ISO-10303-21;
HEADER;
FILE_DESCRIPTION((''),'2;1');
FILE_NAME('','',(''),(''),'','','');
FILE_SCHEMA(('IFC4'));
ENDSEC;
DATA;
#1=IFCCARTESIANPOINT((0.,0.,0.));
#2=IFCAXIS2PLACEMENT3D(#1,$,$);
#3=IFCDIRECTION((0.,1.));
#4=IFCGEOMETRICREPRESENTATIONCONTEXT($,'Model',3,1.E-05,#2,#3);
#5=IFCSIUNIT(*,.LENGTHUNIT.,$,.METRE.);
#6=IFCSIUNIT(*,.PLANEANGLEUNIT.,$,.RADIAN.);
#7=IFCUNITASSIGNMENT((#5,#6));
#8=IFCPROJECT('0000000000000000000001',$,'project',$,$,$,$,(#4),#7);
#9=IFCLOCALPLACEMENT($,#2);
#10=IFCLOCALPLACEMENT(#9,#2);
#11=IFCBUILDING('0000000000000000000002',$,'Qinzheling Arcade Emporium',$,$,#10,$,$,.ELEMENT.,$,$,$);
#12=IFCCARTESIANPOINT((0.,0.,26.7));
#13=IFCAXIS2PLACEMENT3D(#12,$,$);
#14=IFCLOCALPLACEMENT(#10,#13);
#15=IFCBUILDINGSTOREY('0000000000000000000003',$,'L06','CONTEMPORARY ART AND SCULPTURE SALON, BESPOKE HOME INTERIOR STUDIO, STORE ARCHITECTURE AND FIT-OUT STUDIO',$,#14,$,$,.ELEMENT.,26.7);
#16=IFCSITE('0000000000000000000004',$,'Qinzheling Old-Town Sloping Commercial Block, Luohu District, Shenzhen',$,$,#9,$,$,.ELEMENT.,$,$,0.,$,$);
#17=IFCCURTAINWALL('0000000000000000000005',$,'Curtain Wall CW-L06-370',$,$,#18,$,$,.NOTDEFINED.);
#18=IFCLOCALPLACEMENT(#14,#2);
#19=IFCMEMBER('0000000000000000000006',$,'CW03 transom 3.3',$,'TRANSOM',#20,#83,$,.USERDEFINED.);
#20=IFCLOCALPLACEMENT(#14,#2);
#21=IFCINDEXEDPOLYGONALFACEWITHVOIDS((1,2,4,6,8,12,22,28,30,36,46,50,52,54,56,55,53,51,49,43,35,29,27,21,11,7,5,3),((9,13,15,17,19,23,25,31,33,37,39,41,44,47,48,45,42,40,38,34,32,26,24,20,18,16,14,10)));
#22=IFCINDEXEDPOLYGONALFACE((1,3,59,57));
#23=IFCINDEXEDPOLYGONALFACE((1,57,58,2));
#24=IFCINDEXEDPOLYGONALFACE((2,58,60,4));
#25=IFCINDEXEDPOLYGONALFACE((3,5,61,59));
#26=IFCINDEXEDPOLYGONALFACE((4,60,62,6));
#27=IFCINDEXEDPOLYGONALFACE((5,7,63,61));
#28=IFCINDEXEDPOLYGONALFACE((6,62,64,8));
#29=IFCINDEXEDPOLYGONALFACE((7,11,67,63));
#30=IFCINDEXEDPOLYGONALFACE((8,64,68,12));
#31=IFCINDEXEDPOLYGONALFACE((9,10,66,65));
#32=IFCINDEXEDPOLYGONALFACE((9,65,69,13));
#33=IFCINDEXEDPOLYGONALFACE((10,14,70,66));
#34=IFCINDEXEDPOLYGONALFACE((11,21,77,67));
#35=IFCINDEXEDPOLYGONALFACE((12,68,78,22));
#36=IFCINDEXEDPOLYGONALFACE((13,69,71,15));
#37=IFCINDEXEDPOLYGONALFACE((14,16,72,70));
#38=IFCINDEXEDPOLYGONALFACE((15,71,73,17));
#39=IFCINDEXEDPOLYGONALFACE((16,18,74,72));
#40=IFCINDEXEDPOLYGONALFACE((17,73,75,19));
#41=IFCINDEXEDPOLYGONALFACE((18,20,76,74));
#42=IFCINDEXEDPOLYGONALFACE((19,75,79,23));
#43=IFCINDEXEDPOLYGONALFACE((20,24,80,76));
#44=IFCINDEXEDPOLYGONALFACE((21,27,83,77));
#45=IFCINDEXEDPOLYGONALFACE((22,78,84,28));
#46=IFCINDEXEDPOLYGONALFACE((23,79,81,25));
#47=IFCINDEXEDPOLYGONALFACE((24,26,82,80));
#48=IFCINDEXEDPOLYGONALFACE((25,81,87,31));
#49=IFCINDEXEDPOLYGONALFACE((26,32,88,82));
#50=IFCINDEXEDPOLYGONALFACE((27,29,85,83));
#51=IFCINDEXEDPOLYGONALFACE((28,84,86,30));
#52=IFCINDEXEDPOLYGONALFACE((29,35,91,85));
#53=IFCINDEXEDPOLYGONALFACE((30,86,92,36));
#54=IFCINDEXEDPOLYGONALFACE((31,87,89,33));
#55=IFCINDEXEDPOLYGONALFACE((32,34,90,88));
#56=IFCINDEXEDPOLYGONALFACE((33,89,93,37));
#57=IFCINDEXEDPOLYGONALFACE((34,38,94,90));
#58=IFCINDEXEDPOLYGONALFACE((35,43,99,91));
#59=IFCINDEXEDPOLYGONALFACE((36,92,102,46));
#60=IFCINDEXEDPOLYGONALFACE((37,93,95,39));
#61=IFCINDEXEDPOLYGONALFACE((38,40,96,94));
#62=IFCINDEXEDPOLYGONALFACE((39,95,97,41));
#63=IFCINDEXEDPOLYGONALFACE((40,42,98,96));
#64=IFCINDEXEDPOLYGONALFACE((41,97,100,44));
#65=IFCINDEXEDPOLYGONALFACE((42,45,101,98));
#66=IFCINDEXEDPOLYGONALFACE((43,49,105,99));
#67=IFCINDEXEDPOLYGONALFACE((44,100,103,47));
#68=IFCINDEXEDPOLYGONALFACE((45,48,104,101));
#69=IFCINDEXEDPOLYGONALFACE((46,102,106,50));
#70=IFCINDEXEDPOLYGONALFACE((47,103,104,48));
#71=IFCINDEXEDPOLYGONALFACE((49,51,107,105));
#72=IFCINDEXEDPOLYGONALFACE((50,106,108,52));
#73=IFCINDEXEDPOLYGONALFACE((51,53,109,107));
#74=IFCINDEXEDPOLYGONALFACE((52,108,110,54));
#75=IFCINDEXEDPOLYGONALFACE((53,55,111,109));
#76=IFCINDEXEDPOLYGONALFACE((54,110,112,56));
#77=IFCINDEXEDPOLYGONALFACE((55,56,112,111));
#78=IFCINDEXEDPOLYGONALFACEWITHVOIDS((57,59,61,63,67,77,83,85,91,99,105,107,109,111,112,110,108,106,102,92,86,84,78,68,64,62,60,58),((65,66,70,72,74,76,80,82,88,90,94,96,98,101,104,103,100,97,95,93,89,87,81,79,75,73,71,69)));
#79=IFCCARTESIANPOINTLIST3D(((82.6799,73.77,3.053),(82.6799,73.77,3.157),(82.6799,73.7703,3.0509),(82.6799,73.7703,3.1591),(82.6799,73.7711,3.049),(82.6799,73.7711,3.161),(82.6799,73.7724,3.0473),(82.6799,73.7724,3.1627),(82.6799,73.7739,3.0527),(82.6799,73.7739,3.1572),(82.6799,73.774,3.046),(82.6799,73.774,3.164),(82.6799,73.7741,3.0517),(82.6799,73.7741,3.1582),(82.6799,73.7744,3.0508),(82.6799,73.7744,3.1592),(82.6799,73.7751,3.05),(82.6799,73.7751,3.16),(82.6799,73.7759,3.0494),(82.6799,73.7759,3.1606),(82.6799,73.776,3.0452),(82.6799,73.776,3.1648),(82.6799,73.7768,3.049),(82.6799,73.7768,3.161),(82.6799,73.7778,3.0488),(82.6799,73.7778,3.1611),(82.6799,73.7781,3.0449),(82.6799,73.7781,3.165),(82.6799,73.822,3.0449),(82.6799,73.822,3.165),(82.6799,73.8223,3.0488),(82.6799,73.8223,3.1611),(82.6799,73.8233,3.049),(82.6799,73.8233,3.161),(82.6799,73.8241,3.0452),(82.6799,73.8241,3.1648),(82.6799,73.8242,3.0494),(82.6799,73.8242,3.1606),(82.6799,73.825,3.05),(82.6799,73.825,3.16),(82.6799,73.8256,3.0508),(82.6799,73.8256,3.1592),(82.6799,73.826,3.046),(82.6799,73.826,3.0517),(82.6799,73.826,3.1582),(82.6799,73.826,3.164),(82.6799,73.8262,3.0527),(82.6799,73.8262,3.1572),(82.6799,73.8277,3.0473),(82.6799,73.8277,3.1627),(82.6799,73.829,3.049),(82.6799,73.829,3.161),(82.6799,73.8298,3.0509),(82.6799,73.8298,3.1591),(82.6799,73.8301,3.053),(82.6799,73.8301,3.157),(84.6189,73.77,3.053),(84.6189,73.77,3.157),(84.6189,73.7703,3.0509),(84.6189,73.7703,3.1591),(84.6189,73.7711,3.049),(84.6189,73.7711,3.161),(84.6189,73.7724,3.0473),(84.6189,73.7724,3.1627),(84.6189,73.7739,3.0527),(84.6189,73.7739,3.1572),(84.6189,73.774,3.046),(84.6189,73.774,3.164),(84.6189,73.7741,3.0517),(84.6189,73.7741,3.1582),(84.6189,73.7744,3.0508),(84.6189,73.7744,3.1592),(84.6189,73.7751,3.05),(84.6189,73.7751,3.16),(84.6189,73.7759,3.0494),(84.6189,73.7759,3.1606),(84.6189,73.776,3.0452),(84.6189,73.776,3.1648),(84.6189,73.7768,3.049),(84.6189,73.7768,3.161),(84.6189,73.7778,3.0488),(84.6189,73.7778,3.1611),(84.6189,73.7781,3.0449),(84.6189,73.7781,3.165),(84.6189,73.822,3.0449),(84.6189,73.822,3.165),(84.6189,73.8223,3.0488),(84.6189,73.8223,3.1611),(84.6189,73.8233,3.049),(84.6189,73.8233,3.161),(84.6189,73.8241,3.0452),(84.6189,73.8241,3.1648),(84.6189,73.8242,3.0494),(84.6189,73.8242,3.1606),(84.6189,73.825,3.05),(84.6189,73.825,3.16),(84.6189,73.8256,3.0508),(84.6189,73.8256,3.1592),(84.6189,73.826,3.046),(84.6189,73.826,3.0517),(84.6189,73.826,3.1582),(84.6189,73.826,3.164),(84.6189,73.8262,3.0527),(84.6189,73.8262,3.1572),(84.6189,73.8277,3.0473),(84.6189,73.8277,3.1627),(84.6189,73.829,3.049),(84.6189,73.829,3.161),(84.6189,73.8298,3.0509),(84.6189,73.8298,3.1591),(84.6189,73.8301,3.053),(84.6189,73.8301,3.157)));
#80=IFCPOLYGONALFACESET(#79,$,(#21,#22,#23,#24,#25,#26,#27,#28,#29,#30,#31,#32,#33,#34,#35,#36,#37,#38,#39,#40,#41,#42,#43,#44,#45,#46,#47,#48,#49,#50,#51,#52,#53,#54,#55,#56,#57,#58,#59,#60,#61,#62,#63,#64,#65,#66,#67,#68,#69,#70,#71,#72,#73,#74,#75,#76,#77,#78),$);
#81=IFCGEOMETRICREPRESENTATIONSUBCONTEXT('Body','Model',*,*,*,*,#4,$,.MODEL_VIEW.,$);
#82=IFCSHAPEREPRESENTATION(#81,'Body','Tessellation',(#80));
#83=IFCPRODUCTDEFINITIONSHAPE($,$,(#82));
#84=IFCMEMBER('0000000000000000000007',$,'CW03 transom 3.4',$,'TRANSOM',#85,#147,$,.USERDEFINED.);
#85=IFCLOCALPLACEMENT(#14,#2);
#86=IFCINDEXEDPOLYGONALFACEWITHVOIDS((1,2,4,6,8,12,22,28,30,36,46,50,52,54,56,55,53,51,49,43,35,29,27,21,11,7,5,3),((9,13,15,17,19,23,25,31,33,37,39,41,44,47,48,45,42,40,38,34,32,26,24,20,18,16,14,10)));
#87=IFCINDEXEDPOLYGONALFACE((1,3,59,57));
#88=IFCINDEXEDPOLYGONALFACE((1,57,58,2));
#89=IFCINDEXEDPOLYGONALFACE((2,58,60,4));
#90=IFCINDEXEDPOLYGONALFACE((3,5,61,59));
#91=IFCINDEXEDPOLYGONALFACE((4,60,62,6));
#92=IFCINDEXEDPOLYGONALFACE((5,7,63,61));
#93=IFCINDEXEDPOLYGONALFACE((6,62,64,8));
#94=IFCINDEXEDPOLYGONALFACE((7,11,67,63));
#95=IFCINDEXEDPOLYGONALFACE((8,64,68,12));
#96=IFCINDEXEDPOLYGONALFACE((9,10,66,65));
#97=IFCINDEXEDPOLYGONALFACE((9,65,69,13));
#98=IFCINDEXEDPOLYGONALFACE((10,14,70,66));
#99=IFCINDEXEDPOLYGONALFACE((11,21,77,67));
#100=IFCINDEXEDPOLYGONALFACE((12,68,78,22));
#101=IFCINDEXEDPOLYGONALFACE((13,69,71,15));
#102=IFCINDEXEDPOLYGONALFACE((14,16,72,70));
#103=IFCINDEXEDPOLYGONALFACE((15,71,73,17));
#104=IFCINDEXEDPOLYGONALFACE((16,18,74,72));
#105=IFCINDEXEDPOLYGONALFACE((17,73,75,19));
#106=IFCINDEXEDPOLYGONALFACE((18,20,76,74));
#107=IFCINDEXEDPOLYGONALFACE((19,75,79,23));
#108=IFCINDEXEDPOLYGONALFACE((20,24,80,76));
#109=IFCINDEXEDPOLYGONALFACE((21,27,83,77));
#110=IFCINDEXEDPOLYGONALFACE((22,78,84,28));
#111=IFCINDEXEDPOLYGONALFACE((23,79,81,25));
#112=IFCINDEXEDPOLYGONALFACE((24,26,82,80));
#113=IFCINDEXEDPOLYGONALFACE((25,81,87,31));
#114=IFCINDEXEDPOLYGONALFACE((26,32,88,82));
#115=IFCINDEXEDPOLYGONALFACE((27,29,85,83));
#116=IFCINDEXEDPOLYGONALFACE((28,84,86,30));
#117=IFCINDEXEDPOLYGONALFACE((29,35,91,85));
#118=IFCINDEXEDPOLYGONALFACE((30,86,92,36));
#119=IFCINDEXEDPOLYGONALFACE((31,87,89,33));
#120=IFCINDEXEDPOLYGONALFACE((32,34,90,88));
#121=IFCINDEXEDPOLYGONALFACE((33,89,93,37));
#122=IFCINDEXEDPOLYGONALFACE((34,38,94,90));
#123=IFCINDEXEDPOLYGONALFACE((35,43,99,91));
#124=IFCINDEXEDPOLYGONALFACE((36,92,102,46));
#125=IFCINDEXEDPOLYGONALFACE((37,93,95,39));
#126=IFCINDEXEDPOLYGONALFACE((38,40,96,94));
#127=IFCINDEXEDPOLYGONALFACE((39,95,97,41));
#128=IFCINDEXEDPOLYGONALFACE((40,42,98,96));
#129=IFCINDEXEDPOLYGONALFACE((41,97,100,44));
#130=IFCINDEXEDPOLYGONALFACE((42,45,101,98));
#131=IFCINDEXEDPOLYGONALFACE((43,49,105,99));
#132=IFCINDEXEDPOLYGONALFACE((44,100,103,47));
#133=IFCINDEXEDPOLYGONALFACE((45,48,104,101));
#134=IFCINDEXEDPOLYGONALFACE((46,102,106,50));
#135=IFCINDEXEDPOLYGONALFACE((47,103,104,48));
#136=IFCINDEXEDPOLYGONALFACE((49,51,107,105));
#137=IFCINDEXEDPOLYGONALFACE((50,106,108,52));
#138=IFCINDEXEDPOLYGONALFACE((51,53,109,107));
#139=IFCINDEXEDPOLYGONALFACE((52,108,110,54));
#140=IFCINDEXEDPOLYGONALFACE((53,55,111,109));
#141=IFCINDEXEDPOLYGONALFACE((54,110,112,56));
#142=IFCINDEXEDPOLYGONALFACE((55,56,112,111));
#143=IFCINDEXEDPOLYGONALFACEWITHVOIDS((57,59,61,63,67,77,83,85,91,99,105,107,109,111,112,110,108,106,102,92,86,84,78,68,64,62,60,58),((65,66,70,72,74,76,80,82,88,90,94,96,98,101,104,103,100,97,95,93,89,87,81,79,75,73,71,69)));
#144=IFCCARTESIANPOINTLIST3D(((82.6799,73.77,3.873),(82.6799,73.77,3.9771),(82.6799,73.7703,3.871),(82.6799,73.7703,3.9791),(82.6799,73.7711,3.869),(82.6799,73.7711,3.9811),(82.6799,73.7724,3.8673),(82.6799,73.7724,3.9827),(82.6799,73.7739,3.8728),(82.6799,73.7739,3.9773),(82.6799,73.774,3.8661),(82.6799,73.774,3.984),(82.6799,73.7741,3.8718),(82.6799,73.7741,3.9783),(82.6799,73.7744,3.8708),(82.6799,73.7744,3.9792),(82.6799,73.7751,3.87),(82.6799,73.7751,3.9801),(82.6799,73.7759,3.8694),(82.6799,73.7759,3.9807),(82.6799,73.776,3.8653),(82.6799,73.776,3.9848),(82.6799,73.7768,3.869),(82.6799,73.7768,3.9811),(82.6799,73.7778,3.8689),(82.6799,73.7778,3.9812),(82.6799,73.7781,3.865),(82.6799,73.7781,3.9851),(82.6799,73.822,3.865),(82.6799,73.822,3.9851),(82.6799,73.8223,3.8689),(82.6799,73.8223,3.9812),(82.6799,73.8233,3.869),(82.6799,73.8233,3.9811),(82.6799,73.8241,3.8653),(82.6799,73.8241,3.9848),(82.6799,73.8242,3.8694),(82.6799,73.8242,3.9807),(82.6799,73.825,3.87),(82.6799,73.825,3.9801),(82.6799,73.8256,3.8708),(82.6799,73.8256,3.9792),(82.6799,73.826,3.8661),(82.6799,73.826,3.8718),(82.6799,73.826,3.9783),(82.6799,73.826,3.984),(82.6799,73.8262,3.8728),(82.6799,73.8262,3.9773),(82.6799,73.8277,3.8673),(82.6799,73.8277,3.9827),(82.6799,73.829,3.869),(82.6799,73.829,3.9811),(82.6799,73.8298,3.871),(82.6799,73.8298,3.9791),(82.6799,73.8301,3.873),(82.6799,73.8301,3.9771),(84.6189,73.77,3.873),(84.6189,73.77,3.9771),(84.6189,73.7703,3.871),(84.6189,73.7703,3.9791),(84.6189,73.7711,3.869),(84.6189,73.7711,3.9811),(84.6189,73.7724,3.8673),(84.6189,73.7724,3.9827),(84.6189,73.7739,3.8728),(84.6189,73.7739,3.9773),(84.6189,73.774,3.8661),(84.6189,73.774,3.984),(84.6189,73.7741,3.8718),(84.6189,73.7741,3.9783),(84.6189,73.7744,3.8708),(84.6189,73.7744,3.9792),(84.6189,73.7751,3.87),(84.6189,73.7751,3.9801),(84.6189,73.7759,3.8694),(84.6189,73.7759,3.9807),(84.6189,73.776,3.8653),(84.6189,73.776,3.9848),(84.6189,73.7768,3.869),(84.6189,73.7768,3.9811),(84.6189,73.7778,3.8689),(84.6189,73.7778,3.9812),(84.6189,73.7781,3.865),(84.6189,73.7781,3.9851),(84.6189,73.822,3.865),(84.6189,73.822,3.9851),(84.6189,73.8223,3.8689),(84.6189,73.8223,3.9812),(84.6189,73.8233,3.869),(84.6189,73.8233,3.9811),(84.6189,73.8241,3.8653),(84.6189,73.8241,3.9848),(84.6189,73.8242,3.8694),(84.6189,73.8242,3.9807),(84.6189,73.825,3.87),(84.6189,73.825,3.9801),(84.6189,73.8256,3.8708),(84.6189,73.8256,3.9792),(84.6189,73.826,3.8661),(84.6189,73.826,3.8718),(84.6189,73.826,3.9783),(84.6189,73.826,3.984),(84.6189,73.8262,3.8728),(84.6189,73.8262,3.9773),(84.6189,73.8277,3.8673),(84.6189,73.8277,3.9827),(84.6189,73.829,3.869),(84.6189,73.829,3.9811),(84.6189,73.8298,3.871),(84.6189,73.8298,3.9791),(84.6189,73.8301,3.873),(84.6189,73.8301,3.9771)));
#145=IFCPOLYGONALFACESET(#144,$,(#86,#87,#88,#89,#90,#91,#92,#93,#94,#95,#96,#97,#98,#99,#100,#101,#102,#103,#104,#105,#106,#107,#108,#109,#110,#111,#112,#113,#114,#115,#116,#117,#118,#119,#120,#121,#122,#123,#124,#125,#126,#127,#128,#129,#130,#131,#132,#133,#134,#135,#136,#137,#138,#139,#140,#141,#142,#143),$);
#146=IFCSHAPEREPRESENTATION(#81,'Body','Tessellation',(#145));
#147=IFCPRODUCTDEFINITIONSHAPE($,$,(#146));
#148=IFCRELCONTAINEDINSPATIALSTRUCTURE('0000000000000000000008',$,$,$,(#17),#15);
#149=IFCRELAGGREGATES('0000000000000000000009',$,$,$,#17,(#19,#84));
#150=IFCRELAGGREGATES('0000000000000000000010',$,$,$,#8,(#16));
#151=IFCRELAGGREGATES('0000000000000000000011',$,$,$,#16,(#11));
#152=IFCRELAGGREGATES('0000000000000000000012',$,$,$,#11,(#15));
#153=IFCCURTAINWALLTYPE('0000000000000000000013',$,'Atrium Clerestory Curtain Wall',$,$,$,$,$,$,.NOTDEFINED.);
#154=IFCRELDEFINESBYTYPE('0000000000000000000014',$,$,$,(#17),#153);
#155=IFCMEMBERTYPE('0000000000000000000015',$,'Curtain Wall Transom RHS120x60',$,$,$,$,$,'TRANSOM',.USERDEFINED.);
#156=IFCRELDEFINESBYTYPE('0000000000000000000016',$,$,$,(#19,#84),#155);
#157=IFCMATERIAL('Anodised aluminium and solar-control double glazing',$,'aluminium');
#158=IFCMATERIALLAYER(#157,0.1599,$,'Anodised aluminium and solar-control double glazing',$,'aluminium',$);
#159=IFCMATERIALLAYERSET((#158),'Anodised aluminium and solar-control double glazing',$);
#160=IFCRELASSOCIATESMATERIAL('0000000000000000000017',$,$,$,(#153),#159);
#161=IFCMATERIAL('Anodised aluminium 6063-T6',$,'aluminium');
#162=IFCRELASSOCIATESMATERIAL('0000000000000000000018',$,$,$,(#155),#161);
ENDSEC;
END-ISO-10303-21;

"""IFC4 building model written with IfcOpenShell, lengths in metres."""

from ifc_helpers import new_model, si_unit, direction, frame, origin, origin_2d, place, context, subcontext, project, spatial, hollow_rectangle, extrude, material, layer, layer_set, material_profile, profile_set, type_object, element, aggregate, save


model = new_model("IFC4")

# Units and contexts
model_context = context("Model", 3, precision=1e-05, world=origin(), true_north=direction((0.0, 1.0)))
body_context = subcontext(model_context, "Body", "Model", "MODEL_VIEW")
ifc_project = project(units=[si_unit("LENGTHUNIT", "METRE"), si_unit("PLANEANGLEUNIT", "RADIAN")], contexts=[model_context])

# Site, building, storey
site_placement = place(None, origin())
site = spatial("IfcSite", under=ifc_project, at=site_placement, Name="Qinzheling Old-Town Sloping Commercial Block, Luohu District, Shenzhen", CompositionType="ELEMENT", RefElevation=0.0)
building_placement = place(site_placement, origin())
building = spatial("IfcBuilding", under=site, at=building_placement, Name="Qinzheling Arcade Emporium", CompositionType="ELEMENT")
storey_placement = place(building_placement, frame((0.0, 0.0, 26.7)))
storey = spatial("IfcBuildingStorey", under=building, at=storey_placement, Name="L06", Description="CONTEMPORARY ART AND SCULPTURE SALON, BESPOKE HOME INTERIOR STUDIO, STORE ARCHITECTURE AND FIT-OUT STUDIO", CompositionType="ELEMENT", Elevation=26.7)

# Curtain wall, members
ifc_material_1 = material(Name="Anodised aluminium and solar-control double glazing", Category="aluminium")
ifc_layer_1 = layer(ifc_material_1, 0.1599, Name="Anodised aluminium and solar-control double glazing", Category="aluminium")
ifc_layer_set_1 = layer_set([ifc_layer_1], Name="Anodised aluminium and solar-control double glazing")
curtain_wall_type = type_object("IfcCurtainWallType", Name="Atrium Clerestory Curtain Wall", PredefinedType="NOTDEFINED", material=ifc_layer_set_1)
curtain_wall_placement = place(storey_placement, origin())
curtain_wall = element("IfcCurtainWall", 1, at=curtain_wall_placement, inside=storey, type_object=curtain_wall_type, Name="Curtain Wall CW-L06-370", PredefinedType="NOTDEFINED")
ifc_material_2 = material(Name="Anodised aluminium 6063-T6", Category="aluminium")
ifc_material_profile_1 = material_profile(ifc_material_2, hollow_rectangle(XDim=0.0601, YDim=0.1201, WallThickness=0.0039, InnerFilletRadius=0.0039, OuterFilletRadius=0.0081, at=origin_2d()), Name="RHS 120x60x4", Category="aluminium")
ifc_profile_set_1 = profile_set([ifc_material_profile_1], Name="Anodised aluminium 6063-T6")
member_type_1 = type_object("IfcMemberType", Name="Curtain Wall Transom RHS120x60", ElementType="TRANSOM", PredefinedType="USERDEFINED", material=ifc_profile_set_1)
member_1_placement = place(storey_placement, frame((82.6799, 73.8, 3.105), z_axis=(1.0, 0.0, 0.0), x_axis=(0.0, 1.0, 0.0)))
member_1 = element("IfcMember", 2, at=member_1_placement, type_object=member_type_1, Name="CW03 transom 3.3", ObjectType="TRANSOM", PredefinedType="USERDEFINED", context=body_context, shape_type="SweptSolid", body=[
    extrude(hollow_rectangle(XDim=0.0601, YDim=0.1201, WallThickness=0.0039, InnerFilletRadius=0.0039, OuterFilletRadius=0.0081, at=origin_2d()), origin(), (0.0, 0.0, 1.0), 1.939),
])
member_2_placement = place(storey_placement, frame((82.6799, 73.8, 3.925), z_axis=(1.0, 0.0, 0.0), x_axis=(0.0, 1.0, 0.0)))
member_2 = element("IfcMember", 3, at=member_2_placement, type_object=member_type_1, Name="CW03 transom 3.4", ObjectType="TRANSOM", PredefinedType="USERDEFINED", context=body_context, shape_type="SweptSolid", body=[
    extrude(hollow_rectangle(XDim=0.0601, YDim=0.1201, WallThickness=0.0039, InnerFilletRadius=0.0039, OuterFilletRadius=0.0081, at=origin_2d()), origin(), (0.0, 0.0, 1.0), 1.939),
])

aggregate(curtain_wall, [member_1, member_2])

save(model, "model.ifc")
